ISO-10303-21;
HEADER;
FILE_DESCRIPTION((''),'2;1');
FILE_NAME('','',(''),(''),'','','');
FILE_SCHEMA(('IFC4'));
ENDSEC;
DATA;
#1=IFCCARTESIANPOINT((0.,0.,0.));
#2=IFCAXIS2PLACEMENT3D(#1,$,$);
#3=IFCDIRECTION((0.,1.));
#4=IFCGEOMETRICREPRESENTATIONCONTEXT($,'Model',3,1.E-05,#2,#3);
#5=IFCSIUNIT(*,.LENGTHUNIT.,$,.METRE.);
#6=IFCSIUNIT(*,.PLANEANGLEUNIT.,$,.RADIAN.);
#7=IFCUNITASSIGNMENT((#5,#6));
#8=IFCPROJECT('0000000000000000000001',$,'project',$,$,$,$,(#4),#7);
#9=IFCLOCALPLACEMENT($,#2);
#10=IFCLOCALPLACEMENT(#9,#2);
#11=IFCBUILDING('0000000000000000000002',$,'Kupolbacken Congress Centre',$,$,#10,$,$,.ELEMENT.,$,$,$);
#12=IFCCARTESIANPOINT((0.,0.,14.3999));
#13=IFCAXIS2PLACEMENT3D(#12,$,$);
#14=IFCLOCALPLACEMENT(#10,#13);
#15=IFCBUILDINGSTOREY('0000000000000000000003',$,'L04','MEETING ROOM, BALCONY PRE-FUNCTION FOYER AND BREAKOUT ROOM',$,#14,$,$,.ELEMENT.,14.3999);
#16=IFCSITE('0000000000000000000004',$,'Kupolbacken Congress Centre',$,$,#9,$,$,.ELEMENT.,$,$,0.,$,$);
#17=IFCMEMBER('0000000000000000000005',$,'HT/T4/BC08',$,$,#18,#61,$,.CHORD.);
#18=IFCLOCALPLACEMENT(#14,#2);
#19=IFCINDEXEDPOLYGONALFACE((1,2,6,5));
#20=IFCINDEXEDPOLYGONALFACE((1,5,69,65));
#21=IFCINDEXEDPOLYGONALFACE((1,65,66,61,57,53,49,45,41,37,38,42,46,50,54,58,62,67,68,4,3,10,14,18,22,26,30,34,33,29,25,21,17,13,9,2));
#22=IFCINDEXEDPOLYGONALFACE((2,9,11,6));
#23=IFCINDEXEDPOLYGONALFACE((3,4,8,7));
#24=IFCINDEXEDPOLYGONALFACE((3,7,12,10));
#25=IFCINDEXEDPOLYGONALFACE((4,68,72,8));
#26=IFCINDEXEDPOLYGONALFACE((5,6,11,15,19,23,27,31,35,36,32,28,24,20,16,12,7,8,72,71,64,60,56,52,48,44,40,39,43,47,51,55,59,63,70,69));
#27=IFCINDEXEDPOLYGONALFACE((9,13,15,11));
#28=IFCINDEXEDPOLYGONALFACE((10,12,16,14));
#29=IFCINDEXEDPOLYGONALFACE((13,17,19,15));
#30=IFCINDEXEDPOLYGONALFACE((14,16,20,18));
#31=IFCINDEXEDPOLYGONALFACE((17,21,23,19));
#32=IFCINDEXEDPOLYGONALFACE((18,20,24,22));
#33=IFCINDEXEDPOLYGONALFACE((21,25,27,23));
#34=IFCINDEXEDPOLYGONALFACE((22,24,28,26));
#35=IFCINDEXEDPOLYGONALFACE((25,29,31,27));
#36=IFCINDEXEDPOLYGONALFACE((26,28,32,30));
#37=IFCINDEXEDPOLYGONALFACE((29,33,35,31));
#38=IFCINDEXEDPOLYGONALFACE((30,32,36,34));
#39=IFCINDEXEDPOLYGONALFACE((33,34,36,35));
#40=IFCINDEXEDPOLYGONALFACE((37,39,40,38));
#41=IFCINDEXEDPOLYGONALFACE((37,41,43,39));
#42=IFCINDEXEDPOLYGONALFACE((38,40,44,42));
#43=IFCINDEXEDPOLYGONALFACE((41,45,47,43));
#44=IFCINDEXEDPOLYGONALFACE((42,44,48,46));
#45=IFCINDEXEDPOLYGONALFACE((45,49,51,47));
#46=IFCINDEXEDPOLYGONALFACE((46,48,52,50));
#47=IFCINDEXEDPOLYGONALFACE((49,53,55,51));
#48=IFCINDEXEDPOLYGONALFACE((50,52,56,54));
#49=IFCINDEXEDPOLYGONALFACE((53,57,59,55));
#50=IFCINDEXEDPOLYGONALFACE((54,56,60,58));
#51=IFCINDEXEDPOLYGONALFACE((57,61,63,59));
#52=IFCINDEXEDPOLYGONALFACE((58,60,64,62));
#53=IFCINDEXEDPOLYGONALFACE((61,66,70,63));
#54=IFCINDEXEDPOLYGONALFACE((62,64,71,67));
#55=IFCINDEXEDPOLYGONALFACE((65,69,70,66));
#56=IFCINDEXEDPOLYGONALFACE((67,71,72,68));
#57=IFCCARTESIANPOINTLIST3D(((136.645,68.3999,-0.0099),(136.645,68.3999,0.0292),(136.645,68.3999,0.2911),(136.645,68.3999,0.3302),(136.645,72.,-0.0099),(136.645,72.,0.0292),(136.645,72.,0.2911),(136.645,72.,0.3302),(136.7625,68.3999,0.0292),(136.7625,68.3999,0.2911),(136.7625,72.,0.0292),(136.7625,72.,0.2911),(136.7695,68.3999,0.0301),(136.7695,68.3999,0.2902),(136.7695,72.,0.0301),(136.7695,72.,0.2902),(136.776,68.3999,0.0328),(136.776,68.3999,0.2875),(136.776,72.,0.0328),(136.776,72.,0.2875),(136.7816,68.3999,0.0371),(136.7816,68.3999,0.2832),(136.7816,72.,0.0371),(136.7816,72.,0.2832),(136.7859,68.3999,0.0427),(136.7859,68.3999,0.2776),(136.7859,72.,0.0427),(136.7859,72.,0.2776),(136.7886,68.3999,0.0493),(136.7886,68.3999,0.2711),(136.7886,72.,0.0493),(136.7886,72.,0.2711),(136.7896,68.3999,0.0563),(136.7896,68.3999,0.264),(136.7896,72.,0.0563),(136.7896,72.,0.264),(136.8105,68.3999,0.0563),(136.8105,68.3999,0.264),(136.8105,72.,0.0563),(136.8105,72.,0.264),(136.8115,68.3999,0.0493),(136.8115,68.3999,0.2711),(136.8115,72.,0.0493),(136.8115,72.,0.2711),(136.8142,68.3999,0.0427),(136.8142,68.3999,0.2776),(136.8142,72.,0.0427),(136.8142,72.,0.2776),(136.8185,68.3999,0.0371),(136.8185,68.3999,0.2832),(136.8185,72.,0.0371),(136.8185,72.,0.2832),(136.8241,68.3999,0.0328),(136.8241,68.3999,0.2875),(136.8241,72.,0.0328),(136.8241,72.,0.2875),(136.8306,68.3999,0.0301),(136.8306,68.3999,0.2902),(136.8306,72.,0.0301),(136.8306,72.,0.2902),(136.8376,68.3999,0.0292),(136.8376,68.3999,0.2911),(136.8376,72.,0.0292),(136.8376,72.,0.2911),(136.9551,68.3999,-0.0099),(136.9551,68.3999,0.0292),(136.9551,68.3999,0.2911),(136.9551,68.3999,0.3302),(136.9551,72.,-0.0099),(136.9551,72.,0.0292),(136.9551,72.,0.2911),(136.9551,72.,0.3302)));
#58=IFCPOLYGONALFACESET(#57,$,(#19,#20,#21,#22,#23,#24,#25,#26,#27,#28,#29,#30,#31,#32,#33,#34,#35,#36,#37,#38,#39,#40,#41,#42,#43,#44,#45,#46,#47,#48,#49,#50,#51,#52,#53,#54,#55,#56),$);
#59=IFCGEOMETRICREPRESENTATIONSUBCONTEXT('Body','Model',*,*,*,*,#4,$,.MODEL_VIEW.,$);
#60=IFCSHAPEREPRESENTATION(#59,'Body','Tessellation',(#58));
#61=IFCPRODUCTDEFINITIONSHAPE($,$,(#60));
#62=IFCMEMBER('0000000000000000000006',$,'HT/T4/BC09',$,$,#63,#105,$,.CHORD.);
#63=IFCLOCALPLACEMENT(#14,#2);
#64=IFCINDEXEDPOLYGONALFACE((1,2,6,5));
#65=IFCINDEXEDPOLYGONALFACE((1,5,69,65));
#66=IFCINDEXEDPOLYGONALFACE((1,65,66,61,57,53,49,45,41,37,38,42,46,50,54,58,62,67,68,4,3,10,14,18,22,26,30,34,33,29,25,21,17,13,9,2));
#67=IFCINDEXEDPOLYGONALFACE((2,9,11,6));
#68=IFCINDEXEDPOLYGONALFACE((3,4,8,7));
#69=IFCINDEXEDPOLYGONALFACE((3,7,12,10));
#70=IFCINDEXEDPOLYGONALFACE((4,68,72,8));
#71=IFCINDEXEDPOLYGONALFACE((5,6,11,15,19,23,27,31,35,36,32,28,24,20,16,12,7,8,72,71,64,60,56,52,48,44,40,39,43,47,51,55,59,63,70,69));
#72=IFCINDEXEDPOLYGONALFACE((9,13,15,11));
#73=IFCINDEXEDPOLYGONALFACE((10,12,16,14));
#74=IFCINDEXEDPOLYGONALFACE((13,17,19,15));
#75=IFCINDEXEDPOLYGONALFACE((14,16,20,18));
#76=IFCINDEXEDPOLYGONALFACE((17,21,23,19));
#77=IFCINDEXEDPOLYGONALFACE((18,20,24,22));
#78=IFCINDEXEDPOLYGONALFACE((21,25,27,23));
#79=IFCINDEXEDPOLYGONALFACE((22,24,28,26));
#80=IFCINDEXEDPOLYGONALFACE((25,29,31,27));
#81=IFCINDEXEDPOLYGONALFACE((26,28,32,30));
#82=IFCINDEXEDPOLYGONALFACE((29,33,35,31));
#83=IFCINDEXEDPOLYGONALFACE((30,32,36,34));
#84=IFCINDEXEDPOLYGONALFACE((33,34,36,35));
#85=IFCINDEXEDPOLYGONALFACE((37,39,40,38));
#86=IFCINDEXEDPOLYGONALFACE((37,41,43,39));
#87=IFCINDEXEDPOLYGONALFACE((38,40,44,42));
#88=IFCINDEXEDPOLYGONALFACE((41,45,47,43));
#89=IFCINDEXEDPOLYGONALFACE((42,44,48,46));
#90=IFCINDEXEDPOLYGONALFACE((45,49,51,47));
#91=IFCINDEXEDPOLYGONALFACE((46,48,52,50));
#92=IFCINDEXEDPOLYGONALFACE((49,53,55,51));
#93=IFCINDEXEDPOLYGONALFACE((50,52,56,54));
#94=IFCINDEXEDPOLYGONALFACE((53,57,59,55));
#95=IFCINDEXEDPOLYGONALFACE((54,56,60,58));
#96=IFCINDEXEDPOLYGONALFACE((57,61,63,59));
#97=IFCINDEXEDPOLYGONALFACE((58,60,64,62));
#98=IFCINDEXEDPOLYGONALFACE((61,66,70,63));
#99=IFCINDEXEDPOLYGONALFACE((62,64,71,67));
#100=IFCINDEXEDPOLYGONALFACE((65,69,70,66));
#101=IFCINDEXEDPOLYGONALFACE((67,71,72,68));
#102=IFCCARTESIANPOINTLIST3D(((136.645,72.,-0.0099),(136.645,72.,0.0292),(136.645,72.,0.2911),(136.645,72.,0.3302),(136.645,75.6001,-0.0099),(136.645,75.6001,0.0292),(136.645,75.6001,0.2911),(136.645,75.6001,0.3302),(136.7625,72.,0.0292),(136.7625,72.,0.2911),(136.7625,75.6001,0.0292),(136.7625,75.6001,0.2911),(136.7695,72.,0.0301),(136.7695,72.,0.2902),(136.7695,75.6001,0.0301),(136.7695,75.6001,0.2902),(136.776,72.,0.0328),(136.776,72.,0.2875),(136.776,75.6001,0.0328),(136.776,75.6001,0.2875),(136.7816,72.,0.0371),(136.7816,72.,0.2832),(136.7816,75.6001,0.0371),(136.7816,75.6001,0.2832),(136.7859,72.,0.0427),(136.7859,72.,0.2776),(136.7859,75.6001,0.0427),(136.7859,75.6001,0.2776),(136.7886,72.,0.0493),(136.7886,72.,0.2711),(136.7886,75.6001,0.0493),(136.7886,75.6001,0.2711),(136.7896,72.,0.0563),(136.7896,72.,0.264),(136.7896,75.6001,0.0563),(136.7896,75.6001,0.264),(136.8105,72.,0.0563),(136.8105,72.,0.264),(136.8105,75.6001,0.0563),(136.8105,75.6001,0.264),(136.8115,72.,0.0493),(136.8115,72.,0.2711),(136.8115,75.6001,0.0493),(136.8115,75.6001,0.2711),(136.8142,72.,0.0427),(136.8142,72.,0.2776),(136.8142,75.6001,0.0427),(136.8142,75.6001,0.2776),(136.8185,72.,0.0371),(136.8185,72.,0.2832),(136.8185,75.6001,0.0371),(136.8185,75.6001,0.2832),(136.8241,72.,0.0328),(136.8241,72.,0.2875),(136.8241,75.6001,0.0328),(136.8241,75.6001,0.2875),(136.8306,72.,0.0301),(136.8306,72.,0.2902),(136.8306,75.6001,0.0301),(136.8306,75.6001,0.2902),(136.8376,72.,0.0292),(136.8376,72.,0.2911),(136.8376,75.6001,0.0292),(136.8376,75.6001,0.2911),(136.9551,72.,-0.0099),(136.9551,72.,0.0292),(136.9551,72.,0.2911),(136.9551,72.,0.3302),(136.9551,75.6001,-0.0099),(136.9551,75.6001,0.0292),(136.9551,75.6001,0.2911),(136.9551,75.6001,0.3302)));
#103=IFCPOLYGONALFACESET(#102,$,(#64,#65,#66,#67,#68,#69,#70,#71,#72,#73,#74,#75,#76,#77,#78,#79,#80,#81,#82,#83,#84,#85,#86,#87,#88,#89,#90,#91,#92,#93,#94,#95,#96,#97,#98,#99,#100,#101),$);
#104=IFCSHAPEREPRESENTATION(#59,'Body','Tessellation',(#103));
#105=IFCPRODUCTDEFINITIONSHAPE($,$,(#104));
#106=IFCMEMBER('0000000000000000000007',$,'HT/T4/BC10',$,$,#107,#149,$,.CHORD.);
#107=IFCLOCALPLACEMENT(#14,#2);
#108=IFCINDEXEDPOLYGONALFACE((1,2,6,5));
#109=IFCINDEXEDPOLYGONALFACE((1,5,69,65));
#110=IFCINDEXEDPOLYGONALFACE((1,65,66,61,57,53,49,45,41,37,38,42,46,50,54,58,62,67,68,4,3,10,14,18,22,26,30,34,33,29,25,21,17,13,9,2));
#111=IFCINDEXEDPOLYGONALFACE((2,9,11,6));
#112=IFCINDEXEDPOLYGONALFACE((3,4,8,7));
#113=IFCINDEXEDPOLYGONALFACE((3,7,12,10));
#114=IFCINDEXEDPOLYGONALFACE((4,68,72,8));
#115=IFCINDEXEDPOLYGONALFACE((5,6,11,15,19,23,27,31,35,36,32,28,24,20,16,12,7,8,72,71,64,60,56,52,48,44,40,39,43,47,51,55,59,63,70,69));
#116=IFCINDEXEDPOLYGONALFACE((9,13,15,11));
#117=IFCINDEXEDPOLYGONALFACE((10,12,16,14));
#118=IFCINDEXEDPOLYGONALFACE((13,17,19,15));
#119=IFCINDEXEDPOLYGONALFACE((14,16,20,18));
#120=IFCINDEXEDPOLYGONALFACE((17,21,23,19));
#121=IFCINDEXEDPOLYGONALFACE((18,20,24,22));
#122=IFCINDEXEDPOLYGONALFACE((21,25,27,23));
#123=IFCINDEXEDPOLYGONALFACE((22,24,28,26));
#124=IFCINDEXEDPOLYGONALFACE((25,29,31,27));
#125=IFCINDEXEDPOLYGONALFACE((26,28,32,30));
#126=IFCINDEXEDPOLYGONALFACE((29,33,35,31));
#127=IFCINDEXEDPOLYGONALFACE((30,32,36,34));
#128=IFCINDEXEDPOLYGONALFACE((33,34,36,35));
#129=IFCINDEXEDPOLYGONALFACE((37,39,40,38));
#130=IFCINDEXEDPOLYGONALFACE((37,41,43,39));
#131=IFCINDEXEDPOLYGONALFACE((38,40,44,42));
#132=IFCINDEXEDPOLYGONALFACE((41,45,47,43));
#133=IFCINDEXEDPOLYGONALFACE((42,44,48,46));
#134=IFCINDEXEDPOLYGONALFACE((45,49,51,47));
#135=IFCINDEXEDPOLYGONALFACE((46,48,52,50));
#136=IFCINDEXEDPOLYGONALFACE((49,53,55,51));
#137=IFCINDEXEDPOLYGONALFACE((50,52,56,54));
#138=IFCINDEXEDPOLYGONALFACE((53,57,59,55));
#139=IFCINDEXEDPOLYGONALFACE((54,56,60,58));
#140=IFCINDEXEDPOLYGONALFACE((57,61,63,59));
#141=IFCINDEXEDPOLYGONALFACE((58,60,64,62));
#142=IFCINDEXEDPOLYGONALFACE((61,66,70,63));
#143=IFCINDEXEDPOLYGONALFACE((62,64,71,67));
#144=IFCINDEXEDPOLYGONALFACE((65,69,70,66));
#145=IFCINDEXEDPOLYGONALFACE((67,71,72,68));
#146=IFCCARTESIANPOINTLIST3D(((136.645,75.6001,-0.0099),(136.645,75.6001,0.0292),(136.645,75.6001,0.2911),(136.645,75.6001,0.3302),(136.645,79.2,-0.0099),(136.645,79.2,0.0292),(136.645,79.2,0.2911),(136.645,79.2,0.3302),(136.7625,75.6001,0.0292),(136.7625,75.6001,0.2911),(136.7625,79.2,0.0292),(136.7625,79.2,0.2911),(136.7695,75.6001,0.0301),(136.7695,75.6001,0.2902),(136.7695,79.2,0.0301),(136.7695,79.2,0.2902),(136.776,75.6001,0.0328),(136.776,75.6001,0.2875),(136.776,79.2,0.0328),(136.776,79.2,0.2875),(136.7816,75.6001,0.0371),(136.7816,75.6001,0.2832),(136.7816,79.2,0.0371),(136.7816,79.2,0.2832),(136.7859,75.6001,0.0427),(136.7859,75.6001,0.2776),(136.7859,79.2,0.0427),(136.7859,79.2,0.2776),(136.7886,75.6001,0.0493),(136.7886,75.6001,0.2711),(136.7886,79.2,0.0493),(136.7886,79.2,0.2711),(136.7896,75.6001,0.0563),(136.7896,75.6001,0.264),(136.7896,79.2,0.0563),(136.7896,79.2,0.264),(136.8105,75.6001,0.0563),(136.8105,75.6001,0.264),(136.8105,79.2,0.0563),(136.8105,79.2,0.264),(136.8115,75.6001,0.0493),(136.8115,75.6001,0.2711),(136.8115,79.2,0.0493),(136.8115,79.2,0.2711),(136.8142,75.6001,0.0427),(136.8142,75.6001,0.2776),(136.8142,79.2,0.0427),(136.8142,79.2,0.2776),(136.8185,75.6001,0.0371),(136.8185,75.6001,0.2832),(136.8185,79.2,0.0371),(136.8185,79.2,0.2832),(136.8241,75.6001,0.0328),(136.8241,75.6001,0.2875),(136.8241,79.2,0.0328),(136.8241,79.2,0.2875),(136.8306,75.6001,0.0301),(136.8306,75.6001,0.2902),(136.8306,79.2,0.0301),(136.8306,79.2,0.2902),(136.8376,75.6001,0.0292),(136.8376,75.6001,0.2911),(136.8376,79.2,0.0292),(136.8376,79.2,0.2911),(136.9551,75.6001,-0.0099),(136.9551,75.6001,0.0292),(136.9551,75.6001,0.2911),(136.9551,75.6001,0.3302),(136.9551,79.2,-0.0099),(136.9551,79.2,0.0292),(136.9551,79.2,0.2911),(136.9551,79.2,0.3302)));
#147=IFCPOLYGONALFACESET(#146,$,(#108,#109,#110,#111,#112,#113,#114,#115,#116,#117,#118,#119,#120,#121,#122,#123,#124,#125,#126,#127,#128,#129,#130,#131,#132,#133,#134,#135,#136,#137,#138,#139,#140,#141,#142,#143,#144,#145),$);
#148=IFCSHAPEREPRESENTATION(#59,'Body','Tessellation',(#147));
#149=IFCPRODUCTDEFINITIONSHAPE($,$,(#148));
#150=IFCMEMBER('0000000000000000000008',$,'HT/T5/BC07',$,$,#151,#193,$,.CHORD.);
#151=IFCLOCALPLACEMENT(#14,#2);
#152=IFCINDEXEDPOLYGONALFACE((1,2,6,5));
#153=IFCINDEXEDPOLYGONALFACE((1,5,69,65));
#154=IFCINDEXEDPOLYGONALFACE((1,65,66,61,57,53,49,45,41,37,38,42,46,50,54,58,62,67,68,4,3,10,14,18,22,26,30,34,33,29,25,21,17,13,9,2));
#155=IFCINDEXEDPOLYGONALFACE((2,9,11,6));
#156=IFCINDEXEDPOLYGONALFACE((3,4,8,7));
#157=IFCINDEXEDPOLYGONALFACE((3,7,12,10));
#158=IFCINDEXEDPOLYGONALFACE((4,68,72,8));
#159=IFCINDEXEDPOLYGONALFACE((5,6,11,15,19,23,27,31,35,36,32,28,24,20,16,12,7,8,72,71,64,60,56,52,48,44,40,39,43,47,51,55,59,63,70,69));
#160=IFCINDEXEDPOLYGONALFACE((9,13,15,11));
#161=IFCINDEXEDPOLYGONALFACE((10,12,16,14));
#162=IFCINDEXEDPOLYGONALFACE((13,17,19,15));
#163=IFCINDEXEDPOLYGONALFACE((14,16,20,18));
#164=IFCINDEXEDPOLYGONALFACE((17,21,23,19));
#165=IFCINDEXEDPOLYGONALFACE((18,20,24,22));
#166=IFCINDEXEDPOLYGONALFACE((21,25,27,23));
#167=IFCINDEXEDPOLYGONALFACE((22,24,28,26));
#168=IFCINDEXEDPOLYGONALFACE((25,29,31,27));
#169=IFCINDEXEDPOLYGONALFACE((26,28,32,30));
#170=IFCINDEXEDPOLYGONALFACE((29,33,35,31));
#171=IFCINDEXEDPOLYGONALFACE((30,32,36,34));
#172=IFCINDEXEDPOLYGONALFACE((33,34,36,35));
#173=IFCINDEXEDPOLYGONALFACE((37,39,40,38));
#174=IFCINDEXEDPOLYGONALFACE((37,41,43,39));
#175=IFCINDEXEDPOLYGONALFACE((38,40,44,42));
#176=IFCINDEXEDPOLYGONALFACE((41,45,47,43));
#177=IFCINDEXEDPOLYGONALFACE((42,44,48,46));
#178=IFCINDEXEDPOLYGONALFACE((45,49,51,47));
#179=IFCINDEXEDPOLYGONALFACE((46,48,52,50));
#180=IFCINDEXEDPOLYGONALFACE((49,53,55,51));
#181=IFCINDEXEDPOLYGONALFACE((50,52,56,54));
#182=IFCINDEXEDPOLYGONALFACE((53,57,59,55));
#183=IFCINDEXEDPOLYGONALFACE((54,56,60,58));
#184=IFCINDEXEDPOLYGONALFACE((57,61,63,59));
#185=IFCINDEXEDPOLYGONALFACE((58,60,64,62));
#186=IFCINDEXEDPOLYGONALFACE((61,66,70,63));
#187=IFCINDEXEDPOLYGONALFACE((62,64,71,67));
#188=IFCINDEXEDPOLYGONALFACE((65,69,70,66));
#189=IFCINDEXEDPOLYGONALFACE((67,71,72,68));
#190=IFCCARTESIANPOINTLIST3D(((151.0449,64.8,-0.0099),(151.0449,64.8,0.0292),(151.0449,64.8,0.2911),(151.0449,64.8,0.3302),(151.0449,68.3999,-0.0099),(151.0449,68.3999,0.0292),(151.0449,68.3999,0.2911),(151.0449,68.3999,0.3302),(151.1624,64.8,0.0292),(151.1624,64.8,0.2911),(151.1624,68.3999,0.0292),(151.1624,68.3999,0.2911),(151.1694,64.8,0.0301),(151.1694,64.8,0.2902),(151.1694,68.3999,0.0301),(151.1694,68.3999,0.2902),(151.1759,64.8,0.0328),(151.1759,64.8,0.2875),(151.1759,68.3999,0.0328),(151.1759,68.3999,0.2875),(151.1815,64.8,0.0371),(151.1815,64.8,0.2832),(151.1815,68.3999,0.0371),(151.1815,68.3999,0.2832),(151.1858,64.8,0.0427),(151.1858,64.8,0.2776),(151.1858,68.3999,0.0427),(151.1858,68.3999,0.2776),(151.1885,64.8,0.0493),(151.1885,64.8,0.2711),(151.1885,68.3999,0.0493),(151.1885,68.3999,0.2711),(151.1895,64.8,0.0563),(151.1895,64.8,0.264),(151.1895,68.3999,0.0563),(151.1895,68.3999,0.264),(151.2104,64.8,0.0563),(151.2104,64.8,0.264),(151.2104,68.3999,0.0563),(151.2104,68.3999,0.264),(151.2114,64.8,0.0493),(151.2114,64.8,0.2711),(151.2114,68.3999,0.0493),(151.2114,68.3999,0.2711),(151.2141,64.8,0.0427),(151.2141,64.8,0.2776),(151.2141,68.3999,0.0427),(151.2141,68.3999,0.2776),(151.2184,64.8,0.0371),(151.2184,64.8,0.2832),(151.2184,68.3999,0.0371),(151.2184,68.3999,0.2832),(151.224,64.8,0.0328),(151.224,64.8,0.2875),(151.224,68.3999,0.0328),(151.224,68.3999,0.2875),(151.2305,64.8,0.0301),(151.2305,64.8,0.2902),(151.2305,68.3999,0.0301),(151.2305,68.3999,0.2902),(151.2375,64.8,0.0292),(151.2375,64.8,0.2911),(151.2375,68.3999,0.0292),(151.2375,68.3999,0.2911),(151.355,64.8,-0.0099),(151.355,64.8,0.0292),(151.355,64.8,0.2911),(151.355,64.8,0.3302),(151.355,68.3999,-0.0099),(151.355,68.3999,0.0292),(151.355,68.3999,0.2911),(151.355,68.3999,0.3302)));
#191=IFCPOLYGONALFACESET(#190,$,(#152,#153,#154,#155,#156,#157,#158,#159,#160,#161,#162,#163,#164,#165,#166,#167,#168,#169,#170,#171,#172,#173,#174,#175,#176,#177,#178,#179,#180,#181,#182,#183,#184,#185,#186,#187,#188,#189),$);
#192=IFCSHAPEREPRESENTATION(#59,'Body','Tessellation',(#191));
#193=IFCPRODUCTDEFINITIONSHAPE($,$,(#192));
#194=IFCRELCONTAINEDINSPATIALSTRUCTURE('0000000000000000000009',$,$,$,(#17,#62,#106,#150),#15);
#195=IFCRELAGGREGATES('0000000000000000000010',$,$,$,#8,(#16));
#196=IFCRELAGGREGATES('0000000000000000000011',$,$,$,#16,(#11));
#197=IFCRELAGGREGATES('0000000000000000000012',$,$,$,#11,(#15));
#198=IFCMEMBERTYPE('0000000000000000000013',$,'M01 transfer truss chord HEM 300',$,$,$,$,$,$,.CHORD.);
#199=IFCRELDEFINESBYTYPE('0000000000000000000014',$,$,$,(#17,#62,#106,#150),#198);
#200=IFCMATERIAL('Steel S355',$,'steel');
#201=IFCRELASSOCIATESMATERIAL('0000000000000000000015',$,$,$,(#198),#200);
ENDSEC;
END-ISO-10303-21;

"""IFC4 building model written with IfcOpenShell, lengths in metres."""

from ifc_helpers import new_model, si_unit, direction, frame, origin, origin_2d, place, context, subcontext, project, spatial, i_section, extrude, material, material_profile, profile_set, type_object, element, save


model = new_model("IFC4")

# Units and contexts
model_context = context("Model", 3, precision=1e-05, world=origin(), true_north=direction((0.0, 1.0)))
body_context = subcontext(model_context, "Body", "Model", "MODEL_VIEW")
ifc_project = project(units=[si_unit("LENGTHUNIT", "METRE"), si_unit("PLANEANGLEUNIT", "RADIAN")], contexts=[model_context])

# Site, building, storey
site_placement = place(None, origin())
site = spatial("IfcSite", under=ifc_project, at=site_placement, Name="Kupolbacken Congress Centre", CompositionType="ELEMENT", RefElevation=0.0)
building_placement = place(site_placement, origin())
building = spatial("IfcBuilding", under=site, at=building_placement, Name="Kupolbacken Congress Centre", CompositionType="ELEMENT")
storey_placement = place(building_placement, frame((0.0, 0.0, 14.3999)))
storey = spatial("IfcBuildingStorey", under=building, at=storey_placement, Name="L04", Description="MEETING ROOM, BALCONY PRE-FUNCTION FOYER AND BREAKOUT ROOM", CompositionType="ELEMENT", Elevation=14.3999)

# Members
ifc_material_1 = material(Name="Steel S355", Category="steel")
ifc_material_profile_1 = material_profile(ifc_material_1, i_section(OverallWidth=0.3101, OverallDepth=0.3401, WebThickness=0.021, FlangeThickness=0.0391, FilletRadius=0.0271, at=origin_2d()), Name="HEM 300")
ifc_profile_set_1 = profile_set([ifc_material_profile_1], Name="Steel S355")
member_type_1 = type_object("IfcMemberType", Name="M01 transfer truss chord HEM 300", PredefinedType="CHORD", material=ifc_profile_set_1)
for number, where, z_axis, x_axis, name in (
    (1, (136.8, 68.3999, 0.1602), (0.0, 1.0, 0.0), (-1.0, 0.0, 0.0), "HT/T4/BC08"),
    (2, (136.8, 72.0, 0.1602), (0.0, 1.0, 0.0), (-1.0, 0.0, 0.0), "HT/T4/BC09"),
):
    element("IfcMember", number, at=place(storey_placement, frame(where, z_axis=z_axis, x_axis=x_axis)), inside=storey, type_object=member_type_1, Name=name, PredefinedType="CHORD", context=body_context, shape_type="SweptSolid", body=[
        extrude(i_section(OverallWidth=0.3101, OverallDepth=0.3401, WebThickness=0.021, FlangeThickness=0.0391, FilletRadius=0.0271, at=origin_2d()), origin(), (0.0, 0.0, 1.0), 3.6001),
    ])
for number, where, z_axis, x_axis, name in (
    (3, (136.8, 75.6001, 0.1602), (0.0, 1.0, 0.0), (-1.0, 0.0, 0.0), "HT/T4/BC10"),
    (4, (151.2, 64.8, 0.1602), (0.0, 1.0, 0.0), (-1.0, 0.0, 0.0), "HT/T5/BC07"),
):
    element("IfcMember", number, at=place(storey_placement, frame(where, z_axis=z_axis, x_axis=x_axis)), inside=storey, type_object=member_type_1, Name=name, PredefinedType="CHORD", context=body_context, shape_type="SweptSolid", body=[
        extrude(i_section(OverallWidth=0.3101, OverallDepth=0.3401, WebThickness=0.021, FlangeThickness=0.0391, FilletRadius=0.0271, at=origin_2d()), origin(), (0.0, 0.0, 1.0), 3.5999),
    ])

save(model, "model.ifc")
